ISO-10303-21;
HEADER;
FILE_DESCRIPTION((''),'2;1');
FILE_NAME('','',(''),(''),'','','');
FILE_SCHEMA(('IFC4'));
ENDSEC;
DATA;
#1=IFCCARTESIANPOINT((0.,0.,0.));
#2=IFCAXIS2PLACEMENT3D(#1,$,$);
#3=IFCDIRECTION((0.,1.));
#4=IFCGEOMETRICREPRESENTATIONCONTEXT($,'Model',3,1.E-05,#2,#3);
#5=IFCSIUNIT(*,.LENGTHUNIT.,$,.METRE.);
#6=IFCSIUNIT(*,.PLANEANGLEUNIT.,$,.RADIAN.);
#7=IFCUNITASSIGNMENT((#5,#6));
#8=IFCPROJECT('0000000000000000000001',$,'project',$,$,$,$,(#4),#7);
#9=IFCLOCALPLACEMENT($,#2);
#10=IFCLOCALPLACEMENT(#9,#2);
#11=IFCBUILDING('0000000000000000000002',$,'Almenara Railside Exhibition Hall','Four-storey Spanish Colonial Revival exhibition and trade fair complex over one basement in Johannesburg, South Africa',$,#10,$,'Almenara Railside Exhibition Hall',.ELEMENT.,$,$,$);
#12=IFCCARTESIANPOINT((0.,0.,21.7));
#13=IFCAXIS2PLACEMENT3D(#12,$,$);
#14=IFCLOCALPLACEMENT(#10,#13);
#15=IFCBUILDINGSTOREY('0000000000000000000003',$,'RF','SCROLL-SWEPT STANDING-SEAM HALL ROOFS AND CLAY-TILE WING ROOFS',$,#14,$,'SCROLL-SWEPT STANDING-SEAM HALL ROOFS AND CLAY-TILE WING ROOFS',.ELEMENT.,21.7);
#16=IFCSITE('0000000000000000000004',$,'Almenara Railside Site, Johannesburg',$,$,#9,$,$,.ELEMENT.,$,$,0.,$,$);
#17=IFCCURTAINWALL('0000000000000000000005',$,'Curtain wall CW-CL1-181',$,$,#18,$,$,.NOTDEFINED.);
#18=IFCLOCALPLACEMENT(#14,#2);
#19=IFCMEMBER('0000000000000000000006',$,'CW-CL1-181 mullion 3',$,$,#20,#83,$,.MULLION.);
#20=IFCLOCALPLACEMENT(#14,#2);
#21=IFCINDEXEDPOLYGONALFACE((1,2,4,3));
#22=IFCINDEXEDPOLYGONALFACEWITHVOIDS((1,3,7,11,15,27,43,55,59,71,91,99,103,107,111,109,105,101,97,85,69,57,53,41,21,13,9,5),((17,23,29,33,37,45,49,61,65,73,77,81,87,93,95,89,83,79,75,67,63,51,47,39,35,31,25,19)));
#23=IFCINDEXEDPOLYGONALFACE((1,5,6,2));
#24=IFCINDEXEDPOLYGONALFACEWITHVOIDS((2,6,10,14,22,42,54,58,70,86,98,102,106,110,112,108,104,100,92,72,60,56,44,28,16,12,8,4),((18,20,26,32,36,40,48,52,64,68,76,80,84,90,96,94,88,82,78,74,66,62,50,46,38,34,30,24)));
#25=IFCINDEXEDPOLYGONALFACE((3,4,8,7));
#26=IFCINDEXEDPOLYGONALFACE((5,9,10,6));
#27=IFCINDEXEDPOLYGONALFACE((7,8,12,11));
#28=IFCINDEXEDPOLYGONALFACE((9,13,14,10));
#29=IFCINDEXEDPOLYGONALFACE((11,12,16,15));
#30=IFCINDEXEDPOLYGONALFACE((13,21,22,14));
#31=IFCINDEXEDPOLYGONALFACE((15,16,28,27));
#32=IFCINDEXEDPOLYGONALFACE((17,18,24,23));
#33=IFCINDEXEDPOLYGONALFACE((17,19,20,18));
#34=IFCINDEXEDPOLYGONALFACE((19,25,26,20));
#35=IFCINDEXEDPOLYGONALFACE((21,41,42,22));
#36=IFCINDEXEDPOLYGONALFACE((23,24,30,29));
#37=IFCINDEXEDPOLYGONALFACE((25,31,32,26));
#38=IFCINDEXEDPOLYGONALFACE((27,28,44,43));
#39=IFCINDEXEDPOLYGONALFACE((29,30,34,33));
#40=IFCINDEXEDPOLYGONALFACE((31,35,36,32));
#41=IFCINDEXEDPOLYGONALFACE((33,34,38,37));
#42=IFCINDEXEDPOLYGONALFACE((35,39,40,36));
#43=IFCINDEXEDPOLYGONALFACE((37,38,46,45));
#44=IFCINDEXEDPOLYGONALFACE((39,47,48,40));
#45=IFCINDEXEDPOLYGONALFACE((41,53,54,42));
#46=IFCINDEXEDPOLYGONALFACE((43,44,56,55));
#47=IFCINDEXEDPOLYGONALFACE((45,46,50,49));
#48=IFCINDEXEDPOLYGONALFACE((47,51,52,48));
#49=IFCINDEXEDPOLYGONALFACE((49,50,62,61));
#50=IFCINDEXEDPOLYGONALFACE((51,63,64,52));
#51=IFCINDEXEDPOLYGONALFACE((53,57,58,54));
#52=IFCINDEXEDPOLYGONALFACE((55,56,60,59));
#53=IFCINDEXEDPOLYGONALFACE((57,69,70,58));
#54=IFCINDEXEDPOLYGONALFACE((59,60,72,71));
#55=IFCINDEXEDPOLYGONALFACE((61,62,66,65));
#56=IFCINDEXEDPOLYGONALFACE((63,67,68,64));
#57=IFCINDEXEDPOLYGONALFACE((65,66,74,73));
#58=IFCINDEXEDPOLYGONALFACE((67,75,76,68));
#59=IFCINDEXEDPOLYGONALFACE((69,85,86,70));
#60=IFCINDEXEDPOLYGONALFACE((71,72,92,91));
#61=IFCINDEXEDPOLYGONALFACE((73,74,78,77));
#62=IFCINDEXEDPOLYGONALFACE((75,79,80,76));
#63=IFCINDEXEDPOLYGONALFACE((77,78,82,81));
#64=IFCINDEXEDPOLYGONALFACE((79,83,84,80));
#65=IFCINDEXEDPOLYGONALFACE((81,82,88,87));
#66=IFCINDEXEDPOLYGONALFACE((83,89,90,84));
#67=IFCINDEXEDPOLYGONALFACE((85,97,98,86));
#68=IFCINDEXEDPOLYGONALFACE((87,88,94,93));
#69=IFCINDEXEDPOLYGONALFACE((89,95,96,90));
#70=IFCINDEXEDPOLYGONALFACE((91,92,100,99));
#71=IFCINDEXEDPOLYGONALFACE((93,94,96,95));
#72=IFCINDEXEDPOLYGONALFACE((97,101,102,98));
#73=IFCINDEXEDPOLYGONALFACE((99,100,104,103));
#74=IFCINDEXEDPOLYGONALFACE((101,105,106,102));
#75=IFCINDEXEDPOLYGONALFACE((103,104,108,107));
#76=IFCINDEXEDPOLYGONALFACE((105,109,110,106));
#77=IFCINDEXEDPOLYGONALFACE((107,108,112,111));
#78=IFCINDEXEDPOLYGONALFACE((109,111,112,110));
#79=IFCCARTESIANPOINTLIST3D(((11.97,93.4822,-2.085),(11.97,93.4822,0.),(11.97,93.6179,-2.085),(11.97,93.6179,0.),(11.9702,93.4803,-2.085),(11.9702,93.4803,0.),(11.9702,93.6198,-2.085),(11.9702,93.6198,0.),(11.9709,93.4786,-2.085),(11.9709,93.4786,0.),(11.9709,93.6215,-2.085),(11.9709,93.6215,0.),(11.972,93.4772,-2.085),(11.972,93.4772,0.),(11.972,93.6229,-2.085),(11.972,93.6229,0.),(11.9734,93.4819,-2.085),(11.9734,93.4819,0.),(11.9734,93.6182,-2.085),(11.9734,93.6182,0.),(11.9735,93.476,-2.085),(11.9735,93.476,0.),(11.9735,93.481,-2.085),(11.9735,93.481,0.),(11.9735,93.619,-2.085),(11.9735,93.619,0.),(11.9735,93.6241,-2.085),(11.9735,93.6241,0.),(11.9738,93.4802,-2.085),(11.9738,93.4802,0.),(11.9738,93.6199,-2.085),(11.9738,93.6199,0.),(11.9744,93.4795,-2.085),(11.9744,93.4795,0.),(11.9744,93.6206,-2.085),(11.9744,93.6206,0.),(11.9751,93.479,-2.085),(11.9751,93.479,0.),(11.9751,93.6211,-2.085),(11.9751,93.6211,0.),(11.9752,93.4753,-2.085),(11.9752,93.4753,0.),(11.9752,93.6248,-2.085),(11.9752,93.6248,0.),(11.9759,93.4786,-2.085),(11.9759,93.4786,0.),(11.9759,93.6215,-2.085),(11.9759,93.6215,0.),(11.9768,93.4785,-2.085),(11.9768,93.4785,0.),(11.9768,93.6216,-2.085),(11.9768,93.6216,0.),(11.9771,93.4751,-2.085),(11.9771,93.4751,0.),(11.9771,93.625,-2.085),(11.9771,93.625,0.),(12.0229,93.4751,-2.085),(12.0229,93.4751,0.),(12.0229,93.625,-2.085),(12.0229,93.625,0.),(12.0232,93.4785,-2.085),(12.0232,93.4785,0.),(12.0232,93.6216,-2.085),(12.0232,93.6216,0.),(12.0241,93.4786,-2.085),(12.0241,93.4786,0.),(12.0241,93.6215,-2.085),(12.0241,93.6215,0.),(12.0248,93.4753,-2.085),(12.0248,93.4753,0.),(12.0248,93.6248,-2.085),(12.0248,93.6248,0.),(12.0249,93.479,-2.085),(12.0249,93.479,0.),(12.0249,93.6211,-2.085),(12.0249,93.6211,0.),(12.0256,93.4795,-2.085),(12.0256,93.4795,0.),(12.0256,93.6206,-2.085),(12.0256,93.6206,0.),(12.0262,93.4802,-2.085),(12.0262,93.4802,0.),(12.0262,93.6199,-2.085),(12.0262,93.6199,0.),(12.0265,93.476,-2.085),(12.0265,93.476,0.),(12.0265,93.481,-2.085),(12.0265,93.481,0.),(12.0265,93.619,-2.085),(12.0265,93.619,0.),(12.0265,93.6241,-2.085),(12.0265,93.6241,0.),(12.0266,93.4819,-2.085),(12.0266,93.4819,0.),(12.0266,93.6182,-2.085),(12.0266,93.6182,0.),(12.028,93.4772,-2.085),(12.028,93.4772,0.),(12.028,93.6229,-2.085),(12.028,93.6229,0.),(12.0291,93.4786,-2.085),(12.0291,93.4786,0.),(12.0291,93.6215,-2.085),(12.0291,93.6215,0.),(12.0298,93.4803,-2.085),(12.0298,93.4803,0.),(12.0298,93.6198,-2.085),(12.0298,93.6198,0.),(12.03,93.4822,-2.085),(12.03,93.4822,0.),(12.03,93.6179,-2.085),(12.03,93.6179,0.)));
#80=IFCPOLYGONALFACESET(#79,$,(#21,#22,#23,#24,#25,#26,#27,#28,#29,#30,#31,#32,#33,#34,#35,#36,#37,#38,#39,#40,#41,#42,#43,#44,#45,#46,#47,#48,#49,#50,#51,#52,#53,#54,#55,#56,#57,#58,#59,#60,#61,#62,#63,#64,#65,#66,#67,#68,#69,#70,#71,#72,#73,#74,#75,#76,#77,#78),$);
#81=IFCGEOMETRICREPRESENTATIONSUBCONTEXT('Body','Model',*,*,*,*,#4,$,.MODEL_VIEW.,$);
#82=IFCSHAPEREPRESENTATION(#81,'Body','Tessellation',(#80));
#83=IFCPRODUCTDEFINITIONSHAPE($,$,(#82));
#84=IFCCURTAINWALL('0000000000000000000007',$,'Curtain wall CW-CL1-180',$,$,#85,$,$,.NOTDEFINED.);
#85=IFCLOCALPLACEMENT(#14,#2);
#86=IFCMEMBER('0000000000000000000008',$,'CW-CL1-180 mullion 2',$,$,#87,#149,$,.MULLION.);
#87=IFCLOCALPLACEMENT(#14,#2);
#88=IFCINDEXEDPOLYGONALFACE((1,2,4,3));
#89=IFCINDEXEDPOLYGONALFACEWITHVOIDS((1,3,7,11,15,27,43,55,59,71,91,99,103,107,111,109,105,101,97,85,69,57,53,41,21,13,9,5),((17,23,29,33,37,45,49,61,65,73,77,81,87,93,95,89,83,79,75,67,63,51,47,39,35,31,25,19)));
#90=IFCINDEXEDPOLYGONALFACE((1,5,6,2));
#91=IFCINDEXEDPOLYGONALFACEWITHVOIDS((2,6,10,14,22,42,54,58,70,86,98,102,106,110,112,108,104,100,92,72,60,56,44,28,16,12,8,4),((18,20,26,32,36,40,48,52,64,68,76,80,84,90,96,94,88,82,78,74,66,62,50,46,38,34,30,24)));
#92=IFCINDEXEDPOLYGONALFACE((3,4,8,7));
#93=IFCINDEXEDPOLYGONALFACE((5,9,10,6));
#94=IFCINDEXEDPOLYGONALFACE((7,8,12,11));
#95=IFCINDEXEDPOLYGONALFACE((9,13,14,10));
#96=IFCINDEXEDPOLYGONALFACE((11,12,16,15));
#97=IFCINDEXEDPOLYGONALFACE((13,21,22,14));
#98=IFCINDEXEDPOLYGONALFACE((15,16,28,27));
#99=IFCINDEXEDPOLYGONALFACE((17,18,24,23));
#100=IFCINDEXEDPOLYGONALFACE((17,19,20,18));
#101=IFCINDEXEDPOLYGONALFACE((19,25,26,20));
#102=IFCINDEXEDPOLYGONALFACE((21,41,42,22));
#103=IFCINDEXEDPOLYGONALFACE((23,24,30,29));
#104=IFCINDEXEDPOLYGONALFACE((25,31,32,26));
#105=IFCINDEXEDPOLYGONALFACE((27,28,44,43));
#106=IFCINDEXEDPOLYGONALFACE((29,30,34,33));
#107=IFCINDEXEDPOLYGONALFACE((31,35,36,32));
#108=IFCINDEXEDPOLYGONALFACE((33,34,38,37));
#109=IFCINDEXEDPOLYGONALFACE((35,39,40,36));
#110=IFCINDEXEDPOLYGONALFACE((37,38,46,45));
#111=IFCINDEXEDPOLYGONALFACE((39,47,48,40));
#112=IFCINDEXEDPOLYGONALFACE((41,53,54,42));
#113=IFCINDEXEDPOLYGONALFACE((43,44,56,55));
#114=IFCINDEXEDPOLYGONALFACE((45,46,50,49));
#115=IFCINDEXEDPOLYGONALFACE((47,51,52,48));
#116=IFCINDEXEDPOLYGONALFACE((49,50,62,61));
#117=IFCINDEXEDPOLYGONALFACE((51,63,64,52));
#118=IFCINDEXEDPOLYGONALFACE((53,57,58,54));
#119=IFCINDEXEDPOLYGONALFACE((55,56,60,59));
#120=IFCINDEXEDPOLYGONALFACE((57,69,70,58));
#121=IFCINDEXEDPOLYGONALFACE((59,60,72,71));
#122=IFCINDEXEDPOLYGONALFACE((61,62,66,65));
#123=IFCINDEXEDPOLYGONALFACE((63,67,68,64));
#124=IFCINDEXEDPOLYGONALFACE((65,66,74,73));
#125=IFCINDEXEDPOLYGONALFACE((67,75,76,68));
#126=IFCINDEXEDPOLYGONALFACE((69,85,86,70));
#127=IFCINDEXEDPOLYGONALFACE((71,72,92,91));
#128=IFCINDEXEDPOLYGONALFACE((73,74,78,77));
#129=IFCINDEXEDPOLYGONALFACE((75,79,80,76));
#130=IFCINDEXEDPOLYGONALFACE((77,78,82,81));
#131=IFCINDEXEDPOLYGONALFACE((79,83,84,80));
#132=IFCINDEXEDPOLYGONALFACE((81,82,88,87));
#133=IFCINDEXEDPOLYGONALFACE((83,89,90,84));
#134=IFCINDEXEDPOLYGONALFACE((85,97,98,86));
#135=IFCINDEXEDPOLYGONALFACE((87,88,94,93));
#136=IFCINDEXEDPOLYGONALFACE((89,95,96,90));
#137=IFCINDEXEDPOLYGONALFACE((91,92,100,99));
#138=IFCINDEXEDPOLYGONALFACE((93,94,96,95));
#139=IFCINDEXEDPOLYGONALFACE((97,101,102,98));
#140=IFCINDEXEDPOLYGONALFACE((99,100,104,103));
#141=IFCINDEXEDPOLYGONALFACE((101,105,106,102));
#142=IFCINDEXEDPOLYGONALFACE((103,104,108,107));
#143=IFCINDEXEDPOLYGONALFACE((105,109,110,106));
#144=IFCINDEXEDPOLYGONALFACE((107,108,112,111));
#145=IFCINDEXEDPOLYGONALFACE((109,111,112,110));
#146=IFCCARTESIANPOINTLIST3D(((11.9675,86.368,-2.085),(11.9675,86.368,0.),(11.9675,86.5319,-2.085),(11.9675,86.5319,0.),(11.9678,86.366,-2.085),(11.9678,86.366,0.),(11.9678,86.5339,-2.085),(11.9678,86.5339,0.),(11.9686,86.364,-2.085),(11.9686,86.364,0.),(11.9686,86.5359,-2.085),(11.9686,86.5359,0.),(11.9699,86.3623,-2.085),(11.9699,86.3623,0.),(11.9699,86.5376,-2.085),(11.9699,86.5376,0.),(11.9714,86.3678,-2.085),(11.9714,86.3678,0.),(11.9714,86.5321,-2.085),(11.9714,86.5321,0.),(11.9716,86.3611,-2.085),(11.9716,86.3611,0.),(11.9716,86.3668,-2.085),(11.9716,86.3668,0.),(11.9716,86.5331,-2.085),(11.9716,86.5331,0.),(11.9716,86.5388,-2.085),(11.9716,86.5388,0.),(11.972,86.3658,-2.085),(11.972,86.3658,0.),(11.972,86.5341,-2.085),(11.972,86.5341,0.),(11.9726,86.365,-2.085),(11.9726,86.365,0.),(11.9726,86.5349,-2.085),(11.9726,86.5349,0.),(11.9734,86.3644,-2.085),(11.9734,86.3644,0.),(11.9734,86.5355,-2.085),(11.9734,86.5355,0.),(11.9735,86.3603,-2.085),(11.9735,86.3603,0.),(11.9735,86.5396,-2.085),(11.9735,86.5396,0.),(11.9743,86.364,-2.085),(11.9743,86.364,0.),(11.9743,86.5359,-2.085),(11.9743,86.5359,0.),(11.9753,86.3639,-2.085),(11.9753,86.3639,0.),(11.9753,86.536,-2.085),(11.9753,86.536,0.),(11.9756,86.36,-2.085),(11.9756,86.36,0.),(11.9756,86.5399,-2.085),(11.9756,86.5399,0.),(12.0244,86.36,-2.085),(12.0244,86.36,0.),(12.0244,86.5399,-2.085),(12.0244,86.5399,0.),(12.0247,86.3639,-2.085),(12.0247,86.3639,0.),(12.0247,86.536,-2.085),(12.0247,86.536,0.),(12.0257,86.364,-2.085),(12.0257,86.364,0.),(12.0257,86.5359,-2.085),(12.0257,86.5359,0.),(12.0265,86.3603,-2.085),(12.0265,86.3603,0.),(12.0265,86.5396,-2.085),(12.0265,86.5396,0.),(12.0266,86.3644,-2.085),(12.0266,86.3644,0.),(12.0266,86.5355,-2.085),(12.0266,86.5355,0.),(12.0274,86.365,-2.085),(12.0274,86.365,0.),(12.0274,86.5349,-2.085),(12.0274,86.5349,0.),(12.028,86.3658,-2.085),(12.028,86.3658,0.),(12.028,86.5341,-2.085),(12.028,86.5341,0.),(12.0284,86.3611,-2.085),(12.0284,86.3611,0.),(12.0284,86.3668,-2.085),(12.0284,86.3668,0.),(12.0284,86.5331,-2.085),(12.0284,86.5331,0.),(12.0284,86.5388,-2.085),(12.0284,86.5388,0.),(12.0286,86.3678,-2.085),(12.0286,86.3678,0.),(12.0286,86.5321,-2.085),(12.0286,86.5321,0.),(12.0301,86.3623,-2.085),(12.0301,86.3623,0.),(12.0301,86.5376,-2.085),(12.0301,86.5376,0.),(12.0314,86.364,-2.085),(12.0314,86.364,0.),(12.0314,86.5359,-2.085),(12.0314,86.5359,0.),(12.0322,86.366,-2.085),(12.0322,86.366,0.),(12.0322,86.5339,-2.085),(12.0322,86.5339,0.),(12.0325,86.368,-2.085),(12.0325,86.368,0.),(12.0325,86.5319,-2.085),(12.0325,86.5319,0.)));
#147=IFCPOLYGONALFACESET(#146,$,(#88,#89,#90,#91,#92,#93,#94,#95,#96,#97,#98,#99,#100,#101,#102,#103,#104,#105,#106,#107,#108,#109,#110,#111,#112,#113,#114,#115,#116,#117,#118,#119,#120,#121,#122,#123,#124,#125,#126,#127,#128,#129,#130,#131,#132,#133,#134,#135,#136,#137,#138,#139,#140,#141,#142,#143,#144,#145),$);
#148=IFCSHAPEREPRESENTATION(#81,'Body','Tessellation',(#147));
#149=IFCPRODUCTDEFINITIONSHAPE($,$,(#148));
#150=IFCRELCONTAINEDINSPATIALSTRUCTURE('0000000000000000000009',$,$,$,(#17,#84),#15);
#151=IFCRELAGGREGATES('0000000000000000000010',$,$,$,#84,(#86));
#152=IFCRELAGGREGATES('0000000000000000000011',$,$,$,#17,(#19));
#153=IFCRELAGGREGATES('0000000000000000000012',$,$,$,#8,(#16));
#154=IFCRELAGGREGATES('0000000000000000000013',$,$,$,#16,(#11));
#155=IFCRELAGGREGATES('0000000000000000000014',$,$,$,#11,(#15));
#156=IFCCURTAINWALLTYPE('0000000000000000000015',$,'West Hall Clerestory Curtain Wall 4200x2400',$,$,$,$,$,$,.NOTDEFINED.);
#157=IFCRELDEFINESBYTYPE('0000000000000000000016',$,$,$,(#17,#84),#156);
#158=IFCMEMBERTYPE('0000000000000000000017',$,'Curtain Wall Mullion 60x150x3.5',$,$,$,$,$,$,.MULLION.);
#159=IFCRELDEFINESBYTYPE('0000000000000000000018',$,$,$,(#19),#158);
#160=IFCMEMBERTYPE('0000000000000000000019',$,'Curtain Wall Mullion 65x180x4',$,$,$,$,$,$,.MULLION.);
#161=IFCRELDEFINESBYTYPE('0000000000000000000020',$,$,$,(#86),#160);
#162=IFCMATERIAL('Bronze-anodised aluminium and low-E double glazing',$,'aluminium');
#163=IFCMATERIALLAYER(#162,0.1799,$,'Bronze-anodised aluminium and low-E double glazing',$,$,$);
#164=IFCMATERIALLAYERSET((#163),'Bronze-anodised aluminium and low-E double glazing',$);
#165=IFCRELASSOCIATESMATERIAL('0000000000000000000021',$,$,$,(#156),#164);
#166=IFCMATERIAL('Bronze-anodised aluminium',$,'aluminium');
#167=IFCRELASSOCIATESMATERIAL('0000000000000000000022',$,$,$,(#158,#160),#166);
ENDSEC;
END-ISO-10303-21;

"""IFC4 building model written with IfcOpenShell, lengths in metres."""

from ifc_helpers import new_model, si_unit, direction, frame, origin, origin_2d, place, context, subcontext, project, spatial, hollow_rectangle, extrude, material, layer, layer_set, material_profile, profile_set, type_object, element, aggregate, save


model = new_model("IFC4")

# Units and contexts
model_context = context("Model", 3, precision=1e-05, world=origin(), true_north=direction((0.0, 1.0)))
body_context = subcontext(model_context, "Body", "Model", "MODEL_VIEW")
ifc_project = project(units=[si_unit("LENGTHUNIT", "METRE"), si_unit("PLANEANGLEUNIT", "RADIAN")], contexts=[model_context])

# Site, building, storey
site_placement = place(None, origin())
site = spatial("IfcSite", under=ifc_project, at=site_placement, Name="Almenara Railside Site, Johannesburg", CompositionType="ELEMENT", RefElevation=0.0)
building_placement = place(site_placement, origin())
building = spatial("IfcBuilding", under=site, at=building_placement, Name="Almenara Railside Exhibition Hall", Description="Four-storey Spanish Colonial Revival exhibition and trade fair complex over one basement in Johannesburg, South Africa", LongName="Almenara Railside Exhibition Hall", CompositionType="ELEMENT")
storey_placement = place(building_placement, frame((0.0, 0.0, 21.7)))
storey = spatial("IfcBuildingStorey", under=building, at=storey_placement, Name="RF", Description="SCROLL-SWEPT STANDING-SEAM HALL ROOFS AND CLAY-TILE WING ROOFS", LongName="SCROLL-SWEPT STANDING-SEAM HALL ROOFS AND CLAY-TILE WING ROOFS", CompositionType="ELEMENT", Elevation=21.7)

# Curtain walls, members
ifc_material_1 = material(Name="Bronze-anodised aluminium and low-E double glazing", Category="aluminium")
ifc_layer_1 = layer(ifc_material_1, 0.1799, Name="Bronze-anodised aluminium and low-E double glazing")
ifc_layer_set_1 = layer_set([ifc_layer_1], Name="Bronze-anodised aluminium and low-E double glazing")
curtain_wall_type = type_object("IfcCurtainWallType", Name="West Hall Clerestory Curtain Wall 4200x2400", PredefinedType="NOTDEFINED", material=ifc_layer_set_1)
curtain_wall_1_placement = place(storey_placement, origin())
curtain_wall_1 = element("IfcCurtainWall", 1, at=curtain_wall_1_placement, inside=storey, type_object=curtain_wall_type, Name="Curtain wall CW-CL1-181", PredefinedType="NOTDEFINED")
ifc_material_2 = material(Name="Bronze-anodised aluminium", Category="aluminium")
ifc_material_profile_1 = material_profile(ifc_material_2, hollow_rectangle(XDim=0.0601, YDim=0.1499, WallThickness=0.0034, InnerFilletRadius=0.0034, OuterFilletRadius=0.0071, at=origin_2d()), Name="ALU-MUL 60x150x3.5")
ifc_profile_set_1 = profile_set([ifc_material_profile_1], Name="Bronze-anodised aluminium")
member_type_1 = type_object("IfcMemberType", Name="Curtain Wall Mullion 60x150x3.5", PredefinedType="MULLION", material=ifc_profile_set_1)
member_1_placement = place(storey_placement, frame((12.0, 93.55, -2.085), z_axis=(0.0, 0.0, 1.0), x_axis=(-1.0, 0.0, 0.0)))
member_1 = element("IfcMember", 2, at=member_1_placement, type_object=member_type_1, Name="CW-CL1-181 mullion 3", PredefinedType="MULLION", context=body_context, shape_type="SweptSolid", body=[
    extrude(hollow_rectangle(XDim=0.0601, YDim=0.1499, WallThickness=0.0034, InnerFilletRadius=0.0034, OuterFilletRadius=0.0071, at=origin_2d()), origin(), (0.0, 0.0, 1.0), 2.085),
])
curtain_wall_2_placement = place(storey_placement, origin())
curtain_wall_2 = element("IfcCurtainWall", 3, at=curtain_wall_2_placement, inside=storey, type_object=curtain_wall_type, Name="Curtain wall CW-CL1-180", PredefinedType="NOTDEFINED")
ifc_material_profile_2 = material_profile(ifc_material_2, hollow_rectangle(XDim=0.0649, YDim=0.1799, WallThickness=0.0039, InnerFilletRadius=0.0039, OuterFilletRadius=0.0081, at=origin_2d()), Name="ALU-MUL 65x180x4")
ifc_profile_set_2 = profile_set([ifc_material_profile_2], Name="Bronze-anodised aluminium")
member_type_2 = type_object("IfcMemberType", Name="Curtain Wall Mullion 65x180x4", PredefinedType="MULLION", material=ifc_profile_set_2)
member_2_placement = place(storey_placement, frame((12.0, 86.45, -2.085), z_axis=(0.0, 0.0, 1.0), x_axis=(-1.0, 0.0, 0.0)))
member_2 = element("IfcMember", 4, at=member_2_placement, type_object=member_type_2, Name="CW-CL1-180 mullion 2", PredefinedType="MULLION", context=body_context, shape_type="SweptSolid", body=[
    extrude(hollow_rectangle(XDim=0.0649, YDim=0.1799, WallThickness=0.0039, InnerFilletRadius=0.0039, OuterFilletRadius=0.0081, at=origin_2d()), origin(), (0.0, 0.0, 1.0), 2.085),
])

aggregate(curtain_wall_2, [member_2])

aggregate(curtain_wall_1, [member_1])

save(model, "model.ifc")
